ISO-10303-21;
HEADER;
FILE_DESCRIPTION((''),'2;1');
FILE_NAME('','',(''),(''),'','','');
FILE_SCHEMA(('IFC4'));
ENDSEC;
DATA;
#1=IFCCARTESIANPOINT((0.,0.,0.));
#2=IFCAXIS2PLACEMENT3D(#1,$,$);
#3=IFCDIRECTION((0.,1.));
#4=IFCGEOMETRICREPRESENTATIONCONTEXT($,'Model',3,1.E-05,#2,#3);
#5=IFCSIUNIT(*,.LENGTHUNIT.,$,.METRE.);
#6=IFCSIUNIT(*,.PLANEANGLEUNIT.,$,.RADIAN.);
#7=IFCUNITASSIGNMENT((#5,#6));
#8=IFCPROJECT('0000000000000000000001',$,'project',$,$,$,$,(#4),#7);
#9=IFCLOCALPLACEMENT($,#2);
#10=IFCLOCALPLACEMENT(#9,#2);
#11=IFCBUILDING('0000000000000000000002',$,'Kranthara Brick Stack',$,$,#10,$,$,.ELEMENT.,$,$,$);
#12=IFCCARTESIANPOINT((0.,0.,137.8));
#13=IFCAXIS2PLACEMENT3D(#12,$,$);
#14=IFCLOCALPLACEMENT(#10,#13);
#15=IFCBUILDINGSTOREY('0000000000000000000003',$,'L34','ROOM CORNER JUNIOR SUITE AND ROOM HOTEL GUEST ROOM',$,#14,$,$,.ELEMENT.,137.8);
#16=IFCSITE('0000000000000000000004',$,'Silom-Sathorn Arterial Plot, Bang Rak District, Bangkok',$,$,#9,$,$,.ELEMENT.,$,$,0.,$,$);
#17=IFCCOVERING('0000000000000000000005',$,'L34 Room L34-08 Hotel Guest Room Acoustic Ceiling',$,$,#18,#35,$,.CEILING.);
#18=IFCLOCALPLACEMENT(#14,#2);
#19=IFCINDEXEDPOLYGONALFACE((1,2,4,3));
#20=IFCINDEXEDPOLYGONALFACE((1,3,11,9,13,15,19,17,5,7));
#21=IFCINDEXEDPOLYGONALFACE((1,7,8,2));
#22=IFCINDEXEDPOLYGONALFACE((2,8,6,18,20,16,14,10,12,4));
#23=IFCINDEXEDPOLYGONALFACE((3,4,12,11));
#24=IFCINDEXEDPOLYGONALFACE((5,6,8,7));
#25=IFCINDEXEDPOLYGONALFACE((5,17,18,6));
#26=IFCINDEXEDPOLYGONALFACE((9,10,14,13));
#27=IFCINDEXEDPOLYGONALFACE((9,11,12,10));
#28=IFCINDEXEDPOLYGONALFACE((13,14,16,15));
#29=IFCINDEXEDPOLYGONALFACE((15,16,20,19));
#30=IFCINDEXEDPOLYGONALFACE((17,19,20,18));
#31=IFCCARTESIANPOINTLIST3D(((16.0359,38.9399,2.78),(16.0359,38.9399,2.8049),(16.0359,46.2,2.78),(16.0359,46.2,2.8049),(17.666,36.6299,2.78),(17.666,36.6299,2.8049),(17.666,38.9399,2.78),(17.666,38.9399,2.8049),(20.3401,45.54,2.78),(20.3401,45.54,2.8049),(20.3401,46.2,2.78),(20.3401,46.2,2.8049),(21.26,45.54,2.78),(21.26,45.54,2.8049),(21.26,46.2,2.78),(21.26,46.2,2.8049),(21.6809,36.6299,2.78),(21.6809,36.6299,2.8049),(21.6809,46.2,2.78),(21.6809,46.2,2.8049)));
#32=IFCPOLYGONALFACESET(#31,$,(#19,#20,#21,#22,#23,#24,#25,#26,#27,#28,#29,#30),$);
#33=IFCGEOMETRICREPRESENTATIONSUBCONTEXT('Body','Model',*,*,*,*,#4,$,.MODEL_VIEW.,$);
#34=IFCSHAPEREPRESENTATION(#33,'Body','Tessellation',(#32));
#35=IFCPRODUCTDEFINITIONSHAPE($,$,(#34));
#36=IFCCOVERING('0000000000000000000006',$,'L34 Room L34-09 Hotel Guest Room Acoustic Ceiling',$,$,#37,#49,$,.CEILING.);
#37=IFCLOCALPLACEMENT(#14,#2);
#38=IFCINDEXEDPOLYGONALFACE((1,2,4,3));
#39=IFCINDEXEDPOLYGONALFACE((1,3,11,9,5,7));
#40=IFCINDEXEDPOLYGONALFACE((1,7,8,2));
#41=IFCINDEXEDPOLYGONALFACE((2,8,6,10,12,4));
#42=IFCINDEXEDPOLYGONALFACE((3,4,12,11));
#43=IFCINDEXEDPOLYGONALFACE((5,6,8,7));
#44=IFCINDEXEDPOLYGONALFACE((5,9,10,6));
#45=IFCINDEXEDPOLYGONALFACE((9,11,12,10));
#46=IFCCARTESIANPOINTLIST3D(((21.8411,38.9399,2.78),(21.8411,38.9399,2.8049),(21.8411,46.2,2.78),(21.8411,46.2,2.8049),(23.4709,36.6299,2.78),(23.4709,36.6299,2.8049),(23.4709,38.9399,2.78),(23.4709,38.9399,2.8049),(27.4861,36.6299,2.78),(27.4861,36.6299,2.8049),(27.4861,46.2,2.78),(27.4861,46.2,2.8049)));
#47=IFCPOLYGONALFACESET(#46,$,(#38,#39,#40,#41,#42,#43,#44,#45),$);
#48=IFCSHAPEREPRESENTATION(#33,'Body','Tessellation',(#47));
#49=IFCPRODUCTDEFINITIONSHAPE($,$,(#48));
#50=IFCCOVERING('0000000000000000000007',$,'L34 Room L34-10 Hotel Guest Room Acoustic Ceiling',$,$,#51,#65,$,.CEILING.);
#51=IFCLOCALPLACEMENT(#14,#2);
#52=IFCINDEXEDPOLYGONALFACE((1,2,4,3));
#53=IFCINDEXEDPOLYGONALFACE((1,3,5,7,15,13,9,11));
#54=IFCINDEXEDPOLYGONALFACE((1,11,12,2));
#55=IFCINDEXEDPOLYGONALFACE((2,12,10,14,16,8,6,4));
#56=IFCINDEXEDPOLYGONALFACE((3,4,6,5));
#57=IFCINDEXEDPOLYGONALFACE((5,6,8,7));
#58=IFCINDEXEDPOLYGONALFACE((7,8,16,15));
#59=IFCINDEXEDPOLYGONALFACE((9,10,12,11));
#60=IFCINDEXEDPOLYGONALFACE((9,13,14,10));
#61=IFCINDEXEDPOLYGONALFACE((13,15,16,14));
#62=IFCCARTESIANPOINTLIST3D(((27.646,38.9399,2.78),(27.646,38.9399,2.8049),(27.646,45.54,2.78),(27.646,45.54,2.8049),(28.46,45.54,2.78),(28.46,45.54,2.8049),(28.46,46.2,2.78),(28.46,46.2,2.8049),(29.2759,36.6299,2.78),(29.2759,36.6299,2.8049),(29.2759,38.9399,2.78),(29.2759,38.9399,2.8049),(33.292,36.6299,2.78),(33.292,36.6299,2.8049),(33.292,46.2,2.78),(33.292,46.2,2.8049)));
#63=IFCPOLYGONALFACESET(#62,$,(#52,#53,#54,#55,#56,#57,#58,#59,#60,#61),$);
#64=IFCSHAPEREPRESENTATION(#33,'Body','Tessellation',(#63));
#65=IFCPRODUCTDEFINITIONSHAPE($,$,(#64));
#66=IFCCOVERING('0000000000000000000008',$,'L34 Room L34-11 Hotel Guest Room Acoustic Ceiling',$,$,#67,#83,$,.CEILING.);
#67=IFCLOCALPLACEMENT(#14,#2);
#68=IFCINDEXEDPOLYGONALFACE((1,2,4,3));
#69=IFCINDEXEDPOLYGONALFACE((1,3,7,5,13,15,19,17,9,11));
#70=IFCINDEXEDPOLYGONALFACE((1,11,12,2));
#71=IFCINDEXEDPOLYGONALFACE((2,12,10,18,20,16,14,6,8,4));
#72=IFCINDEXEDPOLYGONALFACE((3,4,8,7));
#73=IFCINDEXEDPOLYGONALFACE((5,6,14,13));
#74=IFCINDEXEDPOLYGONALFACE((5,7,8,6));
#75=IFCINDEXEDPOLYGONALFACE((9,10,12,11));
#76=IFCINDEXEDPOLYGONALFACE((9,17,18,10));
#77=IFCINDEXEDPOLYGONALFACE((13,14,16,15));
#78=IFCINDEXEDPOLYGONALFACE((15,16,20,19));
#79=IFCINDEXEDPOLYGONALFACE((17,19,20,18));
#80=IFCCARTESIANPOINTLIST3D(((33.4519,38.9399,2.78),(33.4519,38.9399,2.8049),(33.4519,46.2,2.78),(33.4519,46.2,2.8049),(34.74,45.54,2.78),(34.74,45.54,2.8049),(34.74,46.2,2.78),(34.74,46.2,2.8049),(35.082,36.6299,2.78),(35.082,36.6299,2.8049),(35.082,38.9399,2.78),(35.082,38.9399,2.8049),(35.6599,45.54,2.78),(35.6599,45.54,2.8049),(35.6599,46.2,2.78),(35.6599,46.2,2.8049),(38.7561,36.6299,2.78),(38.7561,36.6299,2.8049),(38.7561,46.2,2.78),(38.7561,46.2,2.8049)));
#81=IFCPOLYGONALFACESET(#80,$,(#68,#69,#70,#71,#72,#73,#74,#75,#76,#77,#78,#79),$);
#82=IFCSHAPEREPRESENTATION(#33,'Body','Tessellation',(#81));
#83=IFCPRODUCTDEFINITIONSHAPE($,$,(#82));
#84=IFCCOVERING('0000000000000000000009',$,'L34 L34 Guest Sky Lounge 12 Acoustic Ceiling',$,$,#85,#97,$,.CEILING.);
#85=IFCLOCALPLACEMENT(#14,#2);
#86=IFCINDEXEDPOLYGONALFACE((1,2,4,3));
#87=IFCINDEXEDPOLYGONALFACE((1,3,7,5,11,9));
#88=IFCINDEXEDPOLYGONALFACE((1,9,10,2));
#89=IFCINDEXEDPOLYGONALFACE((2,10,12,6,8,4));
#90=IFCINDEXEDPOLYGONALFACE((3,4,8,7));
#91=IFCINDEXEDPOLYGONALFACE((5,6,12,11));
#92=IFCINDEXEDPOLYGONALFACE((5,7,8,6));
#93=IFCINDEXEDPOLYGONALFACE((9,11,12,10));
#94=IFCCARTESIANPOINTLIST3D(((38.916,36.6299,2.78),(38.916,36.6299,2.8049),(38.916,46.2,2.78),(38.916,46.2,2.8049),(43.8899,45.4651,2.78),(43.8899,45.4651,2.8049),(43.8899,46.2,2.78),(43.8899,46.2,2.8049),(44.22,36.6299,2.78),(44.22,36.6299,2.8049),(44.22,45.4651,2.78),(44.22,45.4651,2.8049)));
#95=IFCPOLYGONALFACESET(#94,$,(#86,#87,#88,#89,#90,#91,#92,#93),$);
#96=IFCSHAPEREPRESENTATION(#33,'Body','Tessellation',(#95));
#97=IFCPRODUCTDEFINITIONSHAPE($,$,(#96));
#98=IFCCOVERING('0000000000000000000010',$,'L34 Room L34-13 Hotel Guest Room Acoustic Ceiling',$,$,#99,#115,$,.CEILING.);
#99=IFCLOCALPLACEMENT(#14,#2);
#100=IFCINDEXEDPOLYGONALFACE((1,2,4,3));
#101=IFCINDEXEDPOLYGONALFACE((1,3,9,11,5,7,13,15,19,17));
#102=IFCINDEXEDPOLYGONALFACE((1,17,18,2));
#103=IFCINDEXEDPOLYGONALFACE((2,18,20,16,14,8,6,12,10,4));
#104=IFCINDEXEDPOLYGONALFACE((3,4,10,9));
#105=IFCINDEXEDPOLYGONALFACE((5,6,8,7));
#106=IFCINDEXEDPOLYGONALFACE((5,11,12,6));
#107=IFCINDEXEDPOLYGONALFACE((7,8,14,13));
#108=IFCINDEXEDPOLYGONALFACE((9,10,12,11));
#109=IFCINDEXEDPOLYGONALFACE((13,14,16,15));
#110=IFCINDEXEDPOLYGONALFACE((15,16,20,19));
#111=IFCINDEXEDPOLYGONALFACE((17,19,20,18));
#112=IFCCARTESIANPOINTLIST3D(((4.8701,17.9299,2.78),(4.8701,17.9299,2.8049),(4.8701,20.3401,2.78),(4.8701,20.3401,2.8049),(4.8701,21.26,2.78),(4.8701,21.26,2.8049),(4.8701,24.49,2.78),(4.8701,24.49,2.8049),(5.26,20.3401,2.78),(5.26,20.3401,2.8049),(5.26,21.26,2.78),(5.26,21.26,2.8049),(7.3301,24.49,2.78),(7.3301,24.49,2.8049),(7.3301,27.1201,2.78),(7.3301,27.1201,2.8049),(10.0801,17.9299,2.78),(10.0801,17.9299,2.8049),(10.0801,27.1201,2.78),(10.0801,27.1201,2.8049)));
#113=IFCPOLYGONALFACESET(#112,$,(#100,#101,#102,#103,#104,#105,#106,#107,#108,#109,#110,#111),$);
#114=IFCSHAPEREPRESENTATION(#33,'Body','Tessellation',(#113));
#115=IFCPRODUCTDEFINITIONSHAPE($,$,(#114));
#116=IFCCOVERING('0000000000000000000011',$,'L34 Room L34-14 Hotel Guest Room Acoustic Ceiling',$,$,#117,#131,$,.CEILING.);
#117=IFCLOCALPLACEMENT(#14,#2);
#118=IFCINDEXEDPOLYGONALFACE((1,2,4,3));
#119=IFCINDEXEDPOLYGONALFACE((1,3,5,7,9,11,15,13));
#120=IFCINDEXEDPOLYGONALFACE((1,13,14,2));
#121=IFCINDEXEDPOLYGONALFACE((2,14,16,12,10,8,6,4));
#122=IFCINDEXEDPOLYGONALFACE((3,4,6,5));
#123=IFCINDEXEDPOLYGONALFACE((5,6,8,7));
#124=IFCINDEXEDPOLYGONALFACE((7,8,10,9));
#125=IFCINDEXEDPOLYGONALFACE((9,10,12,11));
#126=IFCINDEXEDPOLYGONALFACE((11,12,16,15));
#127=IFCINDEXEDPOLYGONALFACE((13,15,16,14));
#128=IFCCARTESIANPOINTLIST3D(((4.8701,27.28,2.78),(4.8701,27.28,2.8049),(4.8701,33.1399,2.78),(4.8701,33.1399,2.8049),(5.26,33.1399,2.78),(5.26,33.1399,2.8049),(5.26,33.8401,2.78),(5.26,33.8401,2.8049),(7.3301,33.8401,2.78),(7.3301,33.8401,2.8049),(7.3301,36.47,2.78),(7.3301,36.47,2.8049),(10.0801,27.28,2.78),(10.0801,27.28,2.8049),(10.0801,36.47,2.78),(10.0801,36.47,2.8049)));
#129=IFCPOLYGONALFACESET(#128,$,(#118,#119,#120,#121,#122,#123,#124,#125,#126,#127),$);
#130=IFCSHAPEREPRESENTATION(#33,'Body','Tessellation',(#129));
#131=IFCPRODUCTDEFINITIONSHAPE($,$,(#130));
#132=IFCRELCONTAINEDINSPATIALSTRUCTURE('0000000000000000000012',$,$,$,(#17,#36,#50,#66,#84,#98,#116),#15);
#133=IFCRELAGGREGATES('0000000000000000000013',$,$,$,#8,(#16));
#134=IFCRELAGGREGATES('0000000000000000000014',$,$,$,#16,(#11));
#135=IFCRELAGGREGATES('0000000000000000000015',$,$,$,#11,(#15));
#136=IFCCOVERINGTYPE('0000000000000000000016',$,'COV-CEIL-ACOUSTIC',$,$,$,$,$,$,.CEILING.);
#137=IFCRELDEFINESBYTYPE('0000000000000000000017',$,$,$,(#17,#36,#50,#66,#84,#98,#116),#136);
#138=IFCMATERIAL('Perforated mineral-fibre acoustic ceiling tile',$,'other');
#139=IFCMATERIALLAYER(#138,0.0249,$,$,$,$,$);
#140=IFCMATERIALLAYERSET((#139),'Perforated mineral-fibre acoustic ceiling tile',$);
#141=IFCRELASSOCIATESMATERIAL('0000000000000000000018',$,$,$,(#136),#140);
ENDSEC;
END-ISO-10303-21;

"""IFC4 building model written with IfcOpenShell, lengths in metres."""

from ifc_helpers import new_model, si_unit, direction, frame, origin, place, context, subcontext, project, spatial, polyline, outline, extrude, material, layer, layer_set, type_object, element, save


model = new_model("IFC4")

# Units and contexts
model_context = context("Model", 3, precision=1e-05, world=origin(), true_north=direction((0.0, 1.0)))
body_context = subcontext(model_context, "Body", "Model", "MODEL_VIEW")
ifc_project = project(units=[si_unit("LENGTHUNIT", "METRE"), si_unit("PLANEANGLEUNIT", "RADIAN")], contexts=[model_context])

# Site, building, storey
site_placement = place(None, origin())
site = spatial("IfcSite", under=ifc_project, at=site_placement, Name="Silom-Sathorn Arterial Plot, Bang Rak District, Bangkok", CompositionType="ELEMENT", RefElevation=0.0)
building_placement = place(site_placement, origin())
building = spatial("IfcBuilding", under=site, at=building_placement, Name="Kranthara Brick Stack", CompositionType="ELEMENT")
storey_placement = place(building_placement, frame((0.0, 0.0, 137.8)))
storey = spatial("IfcBuildingStorey", under=building, at=storey_placement, Name="L34", Description="ROOM CORNER JUNIOR SUITE AND ROOM HOTEL GUEST ROOM", CompositionType="ELEMENT", Elevation=137.8)

# Coverings
ifc_material_1 = material(Name="Perforated mineral-fibre acoustic ceiling tile", Category="other")
ifc_layer_1 = layer(ifc_material_1, 0.0249)
ifc_layer_set_1 = layer_set([ifc_layer_1], Name="Perforated mineral-fibre acoustic ceiling tile")
covering_type = type_object("IfcCoveringType", Name="COV-CEIL-ACOUSTIC", PredefinedType="CEILING", material=ifc_layer_set_1)
covering_1_placement = place(storey_placement, frame((0.0, 0.0, 2.78)))
element("IfcCovering", 1, at=covering_1_placement, inside=storey, type_object=covering_type, Name="L34 Room L34-08 Hotel Guest Room Acoustic Ceiling", PredefinedType="CEILING", context=body_context, shape_type="SweptSolid", body=[
    extrude(outline(polyline([(21.6809, 46.2), (21.6809, 36.6299), (17.666, 36.6299), (17.666, 38.9399), (16.0359, 38.9399), (16.0359, 46.2), (20.3401, 46.2), (20.3401, 45.54), (21.26, 45.54), (21.26, 46.2), (21.6809, 46.2)])), origin(), (0.0, 0.0, 1.0), 0.0249),
])
covering_2_placement = place(storey_placement, frame((0.0, 0.0, 2.78)))
element("IfcCovering", 2, at=covering_2_placement, inside=storey, type_object=covering_type, Name="L34 Room L34-09 Hotel Guest Room Acoustic Ceiling", PredefinedType="CEILING", context=body_context, shape_type="SweptSolid", body=[
    extrude(outline(polyline([(23.4709, 36.6299), (27.4861, 36.6299), (27.4861, 46.2), (21.8411, 46.2), (21.8411, 38.9399), (23.4709, 38.9399), (23.4709, 36.6299)])), origin(), (0.0, 0.0, 1.0), 0.0249),
])
covering_3_placement = place(storey_placement, frame((0.0, 0.0, 2.78)))
element("IfcCovering", 3, at=covering_3_placement, inside=storey, type_object=covering_type, Name="L34 Room L34-10 Hotel Guest Room Acoustic Ceiling", PredefinedType="CEILING", context=body_context, shape_type="SweptSolid", body=[
    extrude(outline(polyline([(33.292, 46.2), (33.292, 36.6299), (29.2759, 36.6299), (29.2759, 38.9399), (27.646, 38.9399), (27.646, 45.54), (28.46, 45.54), (28.46, 46.2), (33.292, 46.2)])), origin(), (0.0, 0.0, 1.0), 0.0249),
])
covering_4_placement = place(storey_placement, frame((0.0, 0.0, 2.78)))
element("IfcCovering", 4, at=covering_4_placement, inside=storey, type_object=covering_type, Name="L34 Room L34-11 Hotel Guest Room Acoustic Ceiling", PredefinedType="CEILING", context=body_context, shape_type="SweptSolid", body=[
    extrude(outline(polyline([(38.7561, 46.2), (38.7561, 36.6299), (35.082, 36.6299), (35.082, 38.9399), (33.4519, 38.9399), (33.4519, 46.2), (34.74, 46.2), (34.74, 45.54), (35.6599, 45.54), (35.6599, 46.2), (38.7561, 46.2)])), origin(), (0.0, 0.0, 1.0), 0.0249),
])
covering_5_placement = place(storey_placement, frame((0.0, 0.0, 2.78)))
element("IfcCovering", 5, at=covering_5_placement, inside=storey, type_object=covering_type, Name="L34 L34 Guest Sky Lounge 12 Acoustic Ceiling", PredefinedType="CEILING", context=body_context, shape_type="SweptSolid", body=[
    extrude(outline(polyline([(44.22, 36.6299), (38.916, 36.6299), (38.916, 46.2), (43.8899, 46.2), (43.8899, 45.4651), (44.22, 45.4651), (44.22, 36.6299)])), origin(), (0.0, 0.0, 1.0), 0.0249),
])
covering_6_placement = place(storey_placement, frame((0.0, 0.0, 2.78)))
element("IfcCovering", 6, at=covering_6_placement, inside=storey, type_object=covering_type, Name="L34 Room L34-13 Hotel Guest Room Acoustic Ceiling", PredefinedType="CEILING", context=body_context, shape_type="SweptSolid", body=[
    extrude(outline(polyline([(4.8701, 24.49), (7.3301, 24.49), (7.3301, 27.1201), (10.0801, 27.1201), (10.0801, 17.9299), (4.8701, 17.9299), (4.8701, 20.3401), (5.26, 20.3401), (5.26, 21.26), (4.8701, 21.26), (4.8701, 24.49)])), origin(), (0.0, 0.0, 1.0), 0.0249),
])
covering_7_placement = place(storey_placement, frame((0.0, 0.0, 2.78)))
element("IfcCovering", 7, at=covering_7_placement, inside=storey, type_object=covering_type, Name="L34 Room L34-14 Hotel Guest Room Acoustic Ceiling", PredefinedType="CEILING", context=body_context, shape_type="SweptSolid", body=[
    extrude(outline(polyline([(7.3301, 33.8401), (7.3301, 36.47), (10.0801, 36.47), (10.0801, 27.28), (4.8701, 27.28), (4.8701, 33.1399), (5.26, 33.1399), (5.26, 33.8401), (7.3301, 33.8401)])), origin(), (0.0, 0.0, 1.0), 0.0249),
])

save(model, "model.ifc")
